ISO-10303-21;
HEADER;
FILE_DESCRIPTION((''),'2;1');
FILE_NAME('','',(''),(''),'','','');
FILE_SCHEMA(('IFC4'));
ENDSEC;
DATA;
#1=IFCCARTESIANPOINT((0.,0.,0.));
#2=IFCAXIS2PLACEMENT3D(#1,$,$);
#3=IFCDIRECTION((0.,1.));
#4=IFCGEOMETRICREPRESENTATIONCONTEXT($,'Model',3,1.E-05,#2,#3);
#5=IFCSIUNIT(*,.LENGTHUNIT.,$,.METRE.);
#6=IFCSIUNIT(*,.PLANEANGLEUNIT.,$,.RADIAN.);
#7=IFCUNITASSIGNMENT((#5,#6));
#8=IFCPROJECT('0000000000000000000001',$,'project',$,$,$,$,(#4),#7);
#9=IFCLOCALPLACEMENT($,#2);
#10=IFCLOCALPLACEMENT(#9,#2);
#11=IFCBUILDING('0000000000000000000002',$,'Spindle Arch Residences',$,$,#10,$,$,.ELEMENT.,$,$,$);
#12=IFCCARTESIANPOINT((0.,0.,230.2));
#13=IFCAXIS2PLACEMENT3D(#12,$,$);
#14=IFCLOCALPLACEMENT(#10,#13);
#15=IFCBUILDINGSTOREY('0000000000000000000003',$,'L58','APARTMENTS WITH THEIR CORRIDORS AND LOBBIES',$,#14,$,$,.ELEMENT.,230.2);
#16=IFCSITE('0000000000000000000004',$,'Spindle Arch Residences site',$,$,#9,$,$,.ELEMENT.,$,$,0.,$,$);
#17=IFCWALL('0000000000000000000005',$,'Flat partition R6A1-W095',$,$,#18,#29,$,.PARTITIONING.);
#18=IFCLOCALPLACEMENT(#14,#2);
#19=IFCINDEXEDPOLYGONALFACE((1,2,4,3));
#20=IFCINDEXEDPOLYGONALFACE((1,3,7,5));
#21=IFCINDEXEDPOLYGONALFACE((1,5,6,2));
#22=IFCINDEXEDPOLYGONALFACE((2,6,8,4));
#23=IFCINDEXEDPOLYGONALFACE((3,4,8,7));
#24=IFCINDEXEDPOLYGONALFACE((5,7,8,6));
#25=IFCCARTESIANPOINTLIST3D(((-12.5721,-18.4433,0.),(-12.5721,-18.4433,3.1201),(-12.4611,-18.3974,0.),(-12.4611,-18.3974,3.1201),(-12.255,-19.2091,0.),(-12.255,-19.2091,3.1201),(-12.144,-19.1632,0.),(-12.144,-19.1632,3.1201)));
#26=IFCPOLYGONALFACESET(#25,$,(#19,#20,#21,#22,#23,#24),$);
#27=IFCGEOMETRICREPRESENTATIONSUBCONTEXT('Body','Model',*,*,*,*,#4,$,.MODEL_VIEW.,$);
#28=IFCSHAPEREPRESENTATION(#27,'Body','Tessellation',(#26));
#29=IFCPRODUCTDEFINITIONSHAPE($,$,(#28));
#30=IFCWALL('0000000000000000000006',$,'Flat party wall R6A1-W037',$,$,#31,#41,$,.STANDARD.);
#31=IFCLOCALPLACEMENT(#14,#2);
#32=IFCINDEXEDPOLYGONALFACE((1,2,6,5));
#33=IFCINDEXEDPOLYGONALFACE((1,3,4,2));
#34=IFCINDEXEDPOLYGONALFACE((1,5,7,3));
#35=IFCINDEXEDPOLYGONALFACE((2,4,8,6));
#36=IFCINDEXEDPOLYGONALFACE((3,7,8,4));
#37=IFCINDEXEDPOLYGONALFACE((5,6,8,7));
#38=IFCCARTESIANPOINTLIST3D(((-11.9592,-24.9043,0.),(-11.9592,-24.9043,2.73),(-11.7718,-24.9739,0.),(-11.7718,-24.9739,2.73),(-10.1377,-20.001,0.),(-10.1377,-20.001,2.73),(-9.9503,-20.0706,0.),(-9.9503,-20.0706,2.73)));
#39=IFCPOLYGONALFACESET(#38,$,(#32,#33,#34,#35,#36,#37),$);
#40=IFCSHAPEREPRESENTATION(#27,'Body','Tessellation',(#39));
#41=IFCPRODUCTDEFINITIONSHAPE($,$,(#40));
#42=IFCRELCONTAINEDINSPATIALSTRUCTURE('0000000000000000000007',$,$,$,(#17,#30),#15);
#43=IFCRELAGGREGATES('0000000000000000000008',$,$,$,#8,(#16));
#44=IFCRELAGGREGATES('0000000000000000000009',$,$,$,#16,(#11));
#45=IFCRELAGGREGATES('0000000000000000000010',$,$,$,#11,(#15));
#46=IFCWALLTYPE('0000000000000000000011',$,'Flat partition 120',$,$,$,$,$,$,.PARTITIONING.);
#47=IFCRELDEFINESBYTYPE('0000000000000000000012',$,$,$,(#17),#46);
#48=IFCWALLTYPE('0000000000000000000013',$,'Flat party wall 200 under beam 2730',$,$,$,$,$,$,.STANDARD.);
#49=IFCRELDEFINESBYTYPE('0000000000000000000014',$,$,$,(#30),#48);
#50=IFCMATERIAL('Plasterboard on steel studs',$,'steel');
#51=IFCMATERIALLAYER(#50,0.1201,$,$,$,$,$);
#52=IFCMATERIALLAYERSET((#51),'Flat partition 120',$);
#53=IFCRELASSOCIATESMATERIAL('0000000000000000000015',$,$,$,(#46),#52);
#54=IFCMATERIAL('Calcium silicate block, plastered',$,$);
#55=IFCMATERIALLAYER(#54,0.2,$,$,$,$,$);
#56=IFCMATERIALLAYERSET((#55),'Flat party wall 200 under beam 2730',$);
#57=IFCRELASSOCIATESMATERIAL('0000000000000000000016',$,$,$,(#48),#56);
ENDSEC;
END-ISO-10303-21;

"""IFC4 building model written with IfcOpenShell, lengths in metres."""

from ifc_helpers import new_model, si_unit, direction, frame, frame_2d, origin, place, context, subcontext, project, spatial, rectangle, extrude, material, layer, layer_set, type_object, element, save


model = new_model("IFC4")

# Units and contexts
model_context = context("Model", 3, precision=1e-05, world=origin(), true_north=direction((0.0, 1.0)))
body_context = subcontext(model_context, "Body", "Model", "MODEL_VIEW")
ifc_project = project(units=[si_unit("LENGTHUNIT", "METRE"), si_unit("PLANEANGLEUNIT", "RADIAN")], contexts=[model_context])

# Site, building, storey
site_placement = place(None, origin())
site = spatial("IfcSite", under=ifc_project, at=site_placement, Name="Spindle Arch Residences site", CompositionType="ELEMENT", RefElevation=0.0)
building_placement = place(site_placement, origin())
building = spatial("IfcBuilding", under=site, at=building_placement, Name="Spindle Arch Residences", CompositionType="ELEMENT")
storey_placement = place(building_placement, frame((0.0, 0.0, 230.2)))
storey = spatial("IfcBuildingStorey", under=building, at=storey_placement, Name="L58", Description="APARTMENTS WITH THEIR CORRIDORS AND LOBBIES", CompositionType="ELEMENT", Elevation=230.2)

# Shared definitions
ifc_material_1 = material(Name="Plasterboard on steel studs", Category="steel")
ifc_layer_1 = layer(ifc_material_1, 0.1201)
ifc_layer_set_1 = layer_set([ifc_layer_1], Name="Flat partition 120")
wall_type_1 = type_object("IfcWallType", Name="Flat partition 120", PredefinedType="PARTITIONING", material=ifc_layer_set_1)

# Walls
wall_1_placement = place(storey_placement, frame((-12.1995, -19.1863, 0.0), z_axis=(0.0, 0.0, 1.0), x_axis=(-0.382586, 0.92392, 0.0)))
element("IfcWall", 1, at=wall_1_placement, inside=storey, type_object=wall_type_1, Name="Flat partition R6A1-W095", PredefinedType="PARTITIONING", context=body_context, shape_type="SweptSolid", body=[
    extrude(rectangle(XDim=0.8289, YDim=0.1201, at=frame_2d((0.4146, 0.0))), origin(), (0.0, 0.0, 1.0), 3.1201),
])
ifc_material_2 = material(Name="Calcium silicate block, plastered")
ifc_layer_2 = layer(ifc_material_2, 0.2)
ifc_layer_set_2 = layer_set([ifc_layer_2], Name="Flat party wall 200 under beam 2730")
wall_type_2 = type_object("IfcWallType", Name="Flat party wall 200 under beam 2730", PredefinedType="STANDARD", material=ifc_layer_set_2)
wall_2_placement = place(storey_placement, frame((-11.8655, -24.939, 0.0), z_axis=(0.0, 0.0, 1.0), x_axis=(0.348237, 0.937407, 0.0)))
element("IfcWall", 2, at=wall_2_placement, inside=storey, type_object=wall_type_2, Name="Flat party wall R6A1-W037", PredefinedType="STANDARD", context=body_context, shape_type="SweptSolid", body=[
    extrude(rectangle(XDim=5.2307, YDim=0.2, at=frame_2d((2.6152, 0.0))), origin(), (0.0, 0.0, 1.0), 2.73),
])

save(model, "model.ifc")
